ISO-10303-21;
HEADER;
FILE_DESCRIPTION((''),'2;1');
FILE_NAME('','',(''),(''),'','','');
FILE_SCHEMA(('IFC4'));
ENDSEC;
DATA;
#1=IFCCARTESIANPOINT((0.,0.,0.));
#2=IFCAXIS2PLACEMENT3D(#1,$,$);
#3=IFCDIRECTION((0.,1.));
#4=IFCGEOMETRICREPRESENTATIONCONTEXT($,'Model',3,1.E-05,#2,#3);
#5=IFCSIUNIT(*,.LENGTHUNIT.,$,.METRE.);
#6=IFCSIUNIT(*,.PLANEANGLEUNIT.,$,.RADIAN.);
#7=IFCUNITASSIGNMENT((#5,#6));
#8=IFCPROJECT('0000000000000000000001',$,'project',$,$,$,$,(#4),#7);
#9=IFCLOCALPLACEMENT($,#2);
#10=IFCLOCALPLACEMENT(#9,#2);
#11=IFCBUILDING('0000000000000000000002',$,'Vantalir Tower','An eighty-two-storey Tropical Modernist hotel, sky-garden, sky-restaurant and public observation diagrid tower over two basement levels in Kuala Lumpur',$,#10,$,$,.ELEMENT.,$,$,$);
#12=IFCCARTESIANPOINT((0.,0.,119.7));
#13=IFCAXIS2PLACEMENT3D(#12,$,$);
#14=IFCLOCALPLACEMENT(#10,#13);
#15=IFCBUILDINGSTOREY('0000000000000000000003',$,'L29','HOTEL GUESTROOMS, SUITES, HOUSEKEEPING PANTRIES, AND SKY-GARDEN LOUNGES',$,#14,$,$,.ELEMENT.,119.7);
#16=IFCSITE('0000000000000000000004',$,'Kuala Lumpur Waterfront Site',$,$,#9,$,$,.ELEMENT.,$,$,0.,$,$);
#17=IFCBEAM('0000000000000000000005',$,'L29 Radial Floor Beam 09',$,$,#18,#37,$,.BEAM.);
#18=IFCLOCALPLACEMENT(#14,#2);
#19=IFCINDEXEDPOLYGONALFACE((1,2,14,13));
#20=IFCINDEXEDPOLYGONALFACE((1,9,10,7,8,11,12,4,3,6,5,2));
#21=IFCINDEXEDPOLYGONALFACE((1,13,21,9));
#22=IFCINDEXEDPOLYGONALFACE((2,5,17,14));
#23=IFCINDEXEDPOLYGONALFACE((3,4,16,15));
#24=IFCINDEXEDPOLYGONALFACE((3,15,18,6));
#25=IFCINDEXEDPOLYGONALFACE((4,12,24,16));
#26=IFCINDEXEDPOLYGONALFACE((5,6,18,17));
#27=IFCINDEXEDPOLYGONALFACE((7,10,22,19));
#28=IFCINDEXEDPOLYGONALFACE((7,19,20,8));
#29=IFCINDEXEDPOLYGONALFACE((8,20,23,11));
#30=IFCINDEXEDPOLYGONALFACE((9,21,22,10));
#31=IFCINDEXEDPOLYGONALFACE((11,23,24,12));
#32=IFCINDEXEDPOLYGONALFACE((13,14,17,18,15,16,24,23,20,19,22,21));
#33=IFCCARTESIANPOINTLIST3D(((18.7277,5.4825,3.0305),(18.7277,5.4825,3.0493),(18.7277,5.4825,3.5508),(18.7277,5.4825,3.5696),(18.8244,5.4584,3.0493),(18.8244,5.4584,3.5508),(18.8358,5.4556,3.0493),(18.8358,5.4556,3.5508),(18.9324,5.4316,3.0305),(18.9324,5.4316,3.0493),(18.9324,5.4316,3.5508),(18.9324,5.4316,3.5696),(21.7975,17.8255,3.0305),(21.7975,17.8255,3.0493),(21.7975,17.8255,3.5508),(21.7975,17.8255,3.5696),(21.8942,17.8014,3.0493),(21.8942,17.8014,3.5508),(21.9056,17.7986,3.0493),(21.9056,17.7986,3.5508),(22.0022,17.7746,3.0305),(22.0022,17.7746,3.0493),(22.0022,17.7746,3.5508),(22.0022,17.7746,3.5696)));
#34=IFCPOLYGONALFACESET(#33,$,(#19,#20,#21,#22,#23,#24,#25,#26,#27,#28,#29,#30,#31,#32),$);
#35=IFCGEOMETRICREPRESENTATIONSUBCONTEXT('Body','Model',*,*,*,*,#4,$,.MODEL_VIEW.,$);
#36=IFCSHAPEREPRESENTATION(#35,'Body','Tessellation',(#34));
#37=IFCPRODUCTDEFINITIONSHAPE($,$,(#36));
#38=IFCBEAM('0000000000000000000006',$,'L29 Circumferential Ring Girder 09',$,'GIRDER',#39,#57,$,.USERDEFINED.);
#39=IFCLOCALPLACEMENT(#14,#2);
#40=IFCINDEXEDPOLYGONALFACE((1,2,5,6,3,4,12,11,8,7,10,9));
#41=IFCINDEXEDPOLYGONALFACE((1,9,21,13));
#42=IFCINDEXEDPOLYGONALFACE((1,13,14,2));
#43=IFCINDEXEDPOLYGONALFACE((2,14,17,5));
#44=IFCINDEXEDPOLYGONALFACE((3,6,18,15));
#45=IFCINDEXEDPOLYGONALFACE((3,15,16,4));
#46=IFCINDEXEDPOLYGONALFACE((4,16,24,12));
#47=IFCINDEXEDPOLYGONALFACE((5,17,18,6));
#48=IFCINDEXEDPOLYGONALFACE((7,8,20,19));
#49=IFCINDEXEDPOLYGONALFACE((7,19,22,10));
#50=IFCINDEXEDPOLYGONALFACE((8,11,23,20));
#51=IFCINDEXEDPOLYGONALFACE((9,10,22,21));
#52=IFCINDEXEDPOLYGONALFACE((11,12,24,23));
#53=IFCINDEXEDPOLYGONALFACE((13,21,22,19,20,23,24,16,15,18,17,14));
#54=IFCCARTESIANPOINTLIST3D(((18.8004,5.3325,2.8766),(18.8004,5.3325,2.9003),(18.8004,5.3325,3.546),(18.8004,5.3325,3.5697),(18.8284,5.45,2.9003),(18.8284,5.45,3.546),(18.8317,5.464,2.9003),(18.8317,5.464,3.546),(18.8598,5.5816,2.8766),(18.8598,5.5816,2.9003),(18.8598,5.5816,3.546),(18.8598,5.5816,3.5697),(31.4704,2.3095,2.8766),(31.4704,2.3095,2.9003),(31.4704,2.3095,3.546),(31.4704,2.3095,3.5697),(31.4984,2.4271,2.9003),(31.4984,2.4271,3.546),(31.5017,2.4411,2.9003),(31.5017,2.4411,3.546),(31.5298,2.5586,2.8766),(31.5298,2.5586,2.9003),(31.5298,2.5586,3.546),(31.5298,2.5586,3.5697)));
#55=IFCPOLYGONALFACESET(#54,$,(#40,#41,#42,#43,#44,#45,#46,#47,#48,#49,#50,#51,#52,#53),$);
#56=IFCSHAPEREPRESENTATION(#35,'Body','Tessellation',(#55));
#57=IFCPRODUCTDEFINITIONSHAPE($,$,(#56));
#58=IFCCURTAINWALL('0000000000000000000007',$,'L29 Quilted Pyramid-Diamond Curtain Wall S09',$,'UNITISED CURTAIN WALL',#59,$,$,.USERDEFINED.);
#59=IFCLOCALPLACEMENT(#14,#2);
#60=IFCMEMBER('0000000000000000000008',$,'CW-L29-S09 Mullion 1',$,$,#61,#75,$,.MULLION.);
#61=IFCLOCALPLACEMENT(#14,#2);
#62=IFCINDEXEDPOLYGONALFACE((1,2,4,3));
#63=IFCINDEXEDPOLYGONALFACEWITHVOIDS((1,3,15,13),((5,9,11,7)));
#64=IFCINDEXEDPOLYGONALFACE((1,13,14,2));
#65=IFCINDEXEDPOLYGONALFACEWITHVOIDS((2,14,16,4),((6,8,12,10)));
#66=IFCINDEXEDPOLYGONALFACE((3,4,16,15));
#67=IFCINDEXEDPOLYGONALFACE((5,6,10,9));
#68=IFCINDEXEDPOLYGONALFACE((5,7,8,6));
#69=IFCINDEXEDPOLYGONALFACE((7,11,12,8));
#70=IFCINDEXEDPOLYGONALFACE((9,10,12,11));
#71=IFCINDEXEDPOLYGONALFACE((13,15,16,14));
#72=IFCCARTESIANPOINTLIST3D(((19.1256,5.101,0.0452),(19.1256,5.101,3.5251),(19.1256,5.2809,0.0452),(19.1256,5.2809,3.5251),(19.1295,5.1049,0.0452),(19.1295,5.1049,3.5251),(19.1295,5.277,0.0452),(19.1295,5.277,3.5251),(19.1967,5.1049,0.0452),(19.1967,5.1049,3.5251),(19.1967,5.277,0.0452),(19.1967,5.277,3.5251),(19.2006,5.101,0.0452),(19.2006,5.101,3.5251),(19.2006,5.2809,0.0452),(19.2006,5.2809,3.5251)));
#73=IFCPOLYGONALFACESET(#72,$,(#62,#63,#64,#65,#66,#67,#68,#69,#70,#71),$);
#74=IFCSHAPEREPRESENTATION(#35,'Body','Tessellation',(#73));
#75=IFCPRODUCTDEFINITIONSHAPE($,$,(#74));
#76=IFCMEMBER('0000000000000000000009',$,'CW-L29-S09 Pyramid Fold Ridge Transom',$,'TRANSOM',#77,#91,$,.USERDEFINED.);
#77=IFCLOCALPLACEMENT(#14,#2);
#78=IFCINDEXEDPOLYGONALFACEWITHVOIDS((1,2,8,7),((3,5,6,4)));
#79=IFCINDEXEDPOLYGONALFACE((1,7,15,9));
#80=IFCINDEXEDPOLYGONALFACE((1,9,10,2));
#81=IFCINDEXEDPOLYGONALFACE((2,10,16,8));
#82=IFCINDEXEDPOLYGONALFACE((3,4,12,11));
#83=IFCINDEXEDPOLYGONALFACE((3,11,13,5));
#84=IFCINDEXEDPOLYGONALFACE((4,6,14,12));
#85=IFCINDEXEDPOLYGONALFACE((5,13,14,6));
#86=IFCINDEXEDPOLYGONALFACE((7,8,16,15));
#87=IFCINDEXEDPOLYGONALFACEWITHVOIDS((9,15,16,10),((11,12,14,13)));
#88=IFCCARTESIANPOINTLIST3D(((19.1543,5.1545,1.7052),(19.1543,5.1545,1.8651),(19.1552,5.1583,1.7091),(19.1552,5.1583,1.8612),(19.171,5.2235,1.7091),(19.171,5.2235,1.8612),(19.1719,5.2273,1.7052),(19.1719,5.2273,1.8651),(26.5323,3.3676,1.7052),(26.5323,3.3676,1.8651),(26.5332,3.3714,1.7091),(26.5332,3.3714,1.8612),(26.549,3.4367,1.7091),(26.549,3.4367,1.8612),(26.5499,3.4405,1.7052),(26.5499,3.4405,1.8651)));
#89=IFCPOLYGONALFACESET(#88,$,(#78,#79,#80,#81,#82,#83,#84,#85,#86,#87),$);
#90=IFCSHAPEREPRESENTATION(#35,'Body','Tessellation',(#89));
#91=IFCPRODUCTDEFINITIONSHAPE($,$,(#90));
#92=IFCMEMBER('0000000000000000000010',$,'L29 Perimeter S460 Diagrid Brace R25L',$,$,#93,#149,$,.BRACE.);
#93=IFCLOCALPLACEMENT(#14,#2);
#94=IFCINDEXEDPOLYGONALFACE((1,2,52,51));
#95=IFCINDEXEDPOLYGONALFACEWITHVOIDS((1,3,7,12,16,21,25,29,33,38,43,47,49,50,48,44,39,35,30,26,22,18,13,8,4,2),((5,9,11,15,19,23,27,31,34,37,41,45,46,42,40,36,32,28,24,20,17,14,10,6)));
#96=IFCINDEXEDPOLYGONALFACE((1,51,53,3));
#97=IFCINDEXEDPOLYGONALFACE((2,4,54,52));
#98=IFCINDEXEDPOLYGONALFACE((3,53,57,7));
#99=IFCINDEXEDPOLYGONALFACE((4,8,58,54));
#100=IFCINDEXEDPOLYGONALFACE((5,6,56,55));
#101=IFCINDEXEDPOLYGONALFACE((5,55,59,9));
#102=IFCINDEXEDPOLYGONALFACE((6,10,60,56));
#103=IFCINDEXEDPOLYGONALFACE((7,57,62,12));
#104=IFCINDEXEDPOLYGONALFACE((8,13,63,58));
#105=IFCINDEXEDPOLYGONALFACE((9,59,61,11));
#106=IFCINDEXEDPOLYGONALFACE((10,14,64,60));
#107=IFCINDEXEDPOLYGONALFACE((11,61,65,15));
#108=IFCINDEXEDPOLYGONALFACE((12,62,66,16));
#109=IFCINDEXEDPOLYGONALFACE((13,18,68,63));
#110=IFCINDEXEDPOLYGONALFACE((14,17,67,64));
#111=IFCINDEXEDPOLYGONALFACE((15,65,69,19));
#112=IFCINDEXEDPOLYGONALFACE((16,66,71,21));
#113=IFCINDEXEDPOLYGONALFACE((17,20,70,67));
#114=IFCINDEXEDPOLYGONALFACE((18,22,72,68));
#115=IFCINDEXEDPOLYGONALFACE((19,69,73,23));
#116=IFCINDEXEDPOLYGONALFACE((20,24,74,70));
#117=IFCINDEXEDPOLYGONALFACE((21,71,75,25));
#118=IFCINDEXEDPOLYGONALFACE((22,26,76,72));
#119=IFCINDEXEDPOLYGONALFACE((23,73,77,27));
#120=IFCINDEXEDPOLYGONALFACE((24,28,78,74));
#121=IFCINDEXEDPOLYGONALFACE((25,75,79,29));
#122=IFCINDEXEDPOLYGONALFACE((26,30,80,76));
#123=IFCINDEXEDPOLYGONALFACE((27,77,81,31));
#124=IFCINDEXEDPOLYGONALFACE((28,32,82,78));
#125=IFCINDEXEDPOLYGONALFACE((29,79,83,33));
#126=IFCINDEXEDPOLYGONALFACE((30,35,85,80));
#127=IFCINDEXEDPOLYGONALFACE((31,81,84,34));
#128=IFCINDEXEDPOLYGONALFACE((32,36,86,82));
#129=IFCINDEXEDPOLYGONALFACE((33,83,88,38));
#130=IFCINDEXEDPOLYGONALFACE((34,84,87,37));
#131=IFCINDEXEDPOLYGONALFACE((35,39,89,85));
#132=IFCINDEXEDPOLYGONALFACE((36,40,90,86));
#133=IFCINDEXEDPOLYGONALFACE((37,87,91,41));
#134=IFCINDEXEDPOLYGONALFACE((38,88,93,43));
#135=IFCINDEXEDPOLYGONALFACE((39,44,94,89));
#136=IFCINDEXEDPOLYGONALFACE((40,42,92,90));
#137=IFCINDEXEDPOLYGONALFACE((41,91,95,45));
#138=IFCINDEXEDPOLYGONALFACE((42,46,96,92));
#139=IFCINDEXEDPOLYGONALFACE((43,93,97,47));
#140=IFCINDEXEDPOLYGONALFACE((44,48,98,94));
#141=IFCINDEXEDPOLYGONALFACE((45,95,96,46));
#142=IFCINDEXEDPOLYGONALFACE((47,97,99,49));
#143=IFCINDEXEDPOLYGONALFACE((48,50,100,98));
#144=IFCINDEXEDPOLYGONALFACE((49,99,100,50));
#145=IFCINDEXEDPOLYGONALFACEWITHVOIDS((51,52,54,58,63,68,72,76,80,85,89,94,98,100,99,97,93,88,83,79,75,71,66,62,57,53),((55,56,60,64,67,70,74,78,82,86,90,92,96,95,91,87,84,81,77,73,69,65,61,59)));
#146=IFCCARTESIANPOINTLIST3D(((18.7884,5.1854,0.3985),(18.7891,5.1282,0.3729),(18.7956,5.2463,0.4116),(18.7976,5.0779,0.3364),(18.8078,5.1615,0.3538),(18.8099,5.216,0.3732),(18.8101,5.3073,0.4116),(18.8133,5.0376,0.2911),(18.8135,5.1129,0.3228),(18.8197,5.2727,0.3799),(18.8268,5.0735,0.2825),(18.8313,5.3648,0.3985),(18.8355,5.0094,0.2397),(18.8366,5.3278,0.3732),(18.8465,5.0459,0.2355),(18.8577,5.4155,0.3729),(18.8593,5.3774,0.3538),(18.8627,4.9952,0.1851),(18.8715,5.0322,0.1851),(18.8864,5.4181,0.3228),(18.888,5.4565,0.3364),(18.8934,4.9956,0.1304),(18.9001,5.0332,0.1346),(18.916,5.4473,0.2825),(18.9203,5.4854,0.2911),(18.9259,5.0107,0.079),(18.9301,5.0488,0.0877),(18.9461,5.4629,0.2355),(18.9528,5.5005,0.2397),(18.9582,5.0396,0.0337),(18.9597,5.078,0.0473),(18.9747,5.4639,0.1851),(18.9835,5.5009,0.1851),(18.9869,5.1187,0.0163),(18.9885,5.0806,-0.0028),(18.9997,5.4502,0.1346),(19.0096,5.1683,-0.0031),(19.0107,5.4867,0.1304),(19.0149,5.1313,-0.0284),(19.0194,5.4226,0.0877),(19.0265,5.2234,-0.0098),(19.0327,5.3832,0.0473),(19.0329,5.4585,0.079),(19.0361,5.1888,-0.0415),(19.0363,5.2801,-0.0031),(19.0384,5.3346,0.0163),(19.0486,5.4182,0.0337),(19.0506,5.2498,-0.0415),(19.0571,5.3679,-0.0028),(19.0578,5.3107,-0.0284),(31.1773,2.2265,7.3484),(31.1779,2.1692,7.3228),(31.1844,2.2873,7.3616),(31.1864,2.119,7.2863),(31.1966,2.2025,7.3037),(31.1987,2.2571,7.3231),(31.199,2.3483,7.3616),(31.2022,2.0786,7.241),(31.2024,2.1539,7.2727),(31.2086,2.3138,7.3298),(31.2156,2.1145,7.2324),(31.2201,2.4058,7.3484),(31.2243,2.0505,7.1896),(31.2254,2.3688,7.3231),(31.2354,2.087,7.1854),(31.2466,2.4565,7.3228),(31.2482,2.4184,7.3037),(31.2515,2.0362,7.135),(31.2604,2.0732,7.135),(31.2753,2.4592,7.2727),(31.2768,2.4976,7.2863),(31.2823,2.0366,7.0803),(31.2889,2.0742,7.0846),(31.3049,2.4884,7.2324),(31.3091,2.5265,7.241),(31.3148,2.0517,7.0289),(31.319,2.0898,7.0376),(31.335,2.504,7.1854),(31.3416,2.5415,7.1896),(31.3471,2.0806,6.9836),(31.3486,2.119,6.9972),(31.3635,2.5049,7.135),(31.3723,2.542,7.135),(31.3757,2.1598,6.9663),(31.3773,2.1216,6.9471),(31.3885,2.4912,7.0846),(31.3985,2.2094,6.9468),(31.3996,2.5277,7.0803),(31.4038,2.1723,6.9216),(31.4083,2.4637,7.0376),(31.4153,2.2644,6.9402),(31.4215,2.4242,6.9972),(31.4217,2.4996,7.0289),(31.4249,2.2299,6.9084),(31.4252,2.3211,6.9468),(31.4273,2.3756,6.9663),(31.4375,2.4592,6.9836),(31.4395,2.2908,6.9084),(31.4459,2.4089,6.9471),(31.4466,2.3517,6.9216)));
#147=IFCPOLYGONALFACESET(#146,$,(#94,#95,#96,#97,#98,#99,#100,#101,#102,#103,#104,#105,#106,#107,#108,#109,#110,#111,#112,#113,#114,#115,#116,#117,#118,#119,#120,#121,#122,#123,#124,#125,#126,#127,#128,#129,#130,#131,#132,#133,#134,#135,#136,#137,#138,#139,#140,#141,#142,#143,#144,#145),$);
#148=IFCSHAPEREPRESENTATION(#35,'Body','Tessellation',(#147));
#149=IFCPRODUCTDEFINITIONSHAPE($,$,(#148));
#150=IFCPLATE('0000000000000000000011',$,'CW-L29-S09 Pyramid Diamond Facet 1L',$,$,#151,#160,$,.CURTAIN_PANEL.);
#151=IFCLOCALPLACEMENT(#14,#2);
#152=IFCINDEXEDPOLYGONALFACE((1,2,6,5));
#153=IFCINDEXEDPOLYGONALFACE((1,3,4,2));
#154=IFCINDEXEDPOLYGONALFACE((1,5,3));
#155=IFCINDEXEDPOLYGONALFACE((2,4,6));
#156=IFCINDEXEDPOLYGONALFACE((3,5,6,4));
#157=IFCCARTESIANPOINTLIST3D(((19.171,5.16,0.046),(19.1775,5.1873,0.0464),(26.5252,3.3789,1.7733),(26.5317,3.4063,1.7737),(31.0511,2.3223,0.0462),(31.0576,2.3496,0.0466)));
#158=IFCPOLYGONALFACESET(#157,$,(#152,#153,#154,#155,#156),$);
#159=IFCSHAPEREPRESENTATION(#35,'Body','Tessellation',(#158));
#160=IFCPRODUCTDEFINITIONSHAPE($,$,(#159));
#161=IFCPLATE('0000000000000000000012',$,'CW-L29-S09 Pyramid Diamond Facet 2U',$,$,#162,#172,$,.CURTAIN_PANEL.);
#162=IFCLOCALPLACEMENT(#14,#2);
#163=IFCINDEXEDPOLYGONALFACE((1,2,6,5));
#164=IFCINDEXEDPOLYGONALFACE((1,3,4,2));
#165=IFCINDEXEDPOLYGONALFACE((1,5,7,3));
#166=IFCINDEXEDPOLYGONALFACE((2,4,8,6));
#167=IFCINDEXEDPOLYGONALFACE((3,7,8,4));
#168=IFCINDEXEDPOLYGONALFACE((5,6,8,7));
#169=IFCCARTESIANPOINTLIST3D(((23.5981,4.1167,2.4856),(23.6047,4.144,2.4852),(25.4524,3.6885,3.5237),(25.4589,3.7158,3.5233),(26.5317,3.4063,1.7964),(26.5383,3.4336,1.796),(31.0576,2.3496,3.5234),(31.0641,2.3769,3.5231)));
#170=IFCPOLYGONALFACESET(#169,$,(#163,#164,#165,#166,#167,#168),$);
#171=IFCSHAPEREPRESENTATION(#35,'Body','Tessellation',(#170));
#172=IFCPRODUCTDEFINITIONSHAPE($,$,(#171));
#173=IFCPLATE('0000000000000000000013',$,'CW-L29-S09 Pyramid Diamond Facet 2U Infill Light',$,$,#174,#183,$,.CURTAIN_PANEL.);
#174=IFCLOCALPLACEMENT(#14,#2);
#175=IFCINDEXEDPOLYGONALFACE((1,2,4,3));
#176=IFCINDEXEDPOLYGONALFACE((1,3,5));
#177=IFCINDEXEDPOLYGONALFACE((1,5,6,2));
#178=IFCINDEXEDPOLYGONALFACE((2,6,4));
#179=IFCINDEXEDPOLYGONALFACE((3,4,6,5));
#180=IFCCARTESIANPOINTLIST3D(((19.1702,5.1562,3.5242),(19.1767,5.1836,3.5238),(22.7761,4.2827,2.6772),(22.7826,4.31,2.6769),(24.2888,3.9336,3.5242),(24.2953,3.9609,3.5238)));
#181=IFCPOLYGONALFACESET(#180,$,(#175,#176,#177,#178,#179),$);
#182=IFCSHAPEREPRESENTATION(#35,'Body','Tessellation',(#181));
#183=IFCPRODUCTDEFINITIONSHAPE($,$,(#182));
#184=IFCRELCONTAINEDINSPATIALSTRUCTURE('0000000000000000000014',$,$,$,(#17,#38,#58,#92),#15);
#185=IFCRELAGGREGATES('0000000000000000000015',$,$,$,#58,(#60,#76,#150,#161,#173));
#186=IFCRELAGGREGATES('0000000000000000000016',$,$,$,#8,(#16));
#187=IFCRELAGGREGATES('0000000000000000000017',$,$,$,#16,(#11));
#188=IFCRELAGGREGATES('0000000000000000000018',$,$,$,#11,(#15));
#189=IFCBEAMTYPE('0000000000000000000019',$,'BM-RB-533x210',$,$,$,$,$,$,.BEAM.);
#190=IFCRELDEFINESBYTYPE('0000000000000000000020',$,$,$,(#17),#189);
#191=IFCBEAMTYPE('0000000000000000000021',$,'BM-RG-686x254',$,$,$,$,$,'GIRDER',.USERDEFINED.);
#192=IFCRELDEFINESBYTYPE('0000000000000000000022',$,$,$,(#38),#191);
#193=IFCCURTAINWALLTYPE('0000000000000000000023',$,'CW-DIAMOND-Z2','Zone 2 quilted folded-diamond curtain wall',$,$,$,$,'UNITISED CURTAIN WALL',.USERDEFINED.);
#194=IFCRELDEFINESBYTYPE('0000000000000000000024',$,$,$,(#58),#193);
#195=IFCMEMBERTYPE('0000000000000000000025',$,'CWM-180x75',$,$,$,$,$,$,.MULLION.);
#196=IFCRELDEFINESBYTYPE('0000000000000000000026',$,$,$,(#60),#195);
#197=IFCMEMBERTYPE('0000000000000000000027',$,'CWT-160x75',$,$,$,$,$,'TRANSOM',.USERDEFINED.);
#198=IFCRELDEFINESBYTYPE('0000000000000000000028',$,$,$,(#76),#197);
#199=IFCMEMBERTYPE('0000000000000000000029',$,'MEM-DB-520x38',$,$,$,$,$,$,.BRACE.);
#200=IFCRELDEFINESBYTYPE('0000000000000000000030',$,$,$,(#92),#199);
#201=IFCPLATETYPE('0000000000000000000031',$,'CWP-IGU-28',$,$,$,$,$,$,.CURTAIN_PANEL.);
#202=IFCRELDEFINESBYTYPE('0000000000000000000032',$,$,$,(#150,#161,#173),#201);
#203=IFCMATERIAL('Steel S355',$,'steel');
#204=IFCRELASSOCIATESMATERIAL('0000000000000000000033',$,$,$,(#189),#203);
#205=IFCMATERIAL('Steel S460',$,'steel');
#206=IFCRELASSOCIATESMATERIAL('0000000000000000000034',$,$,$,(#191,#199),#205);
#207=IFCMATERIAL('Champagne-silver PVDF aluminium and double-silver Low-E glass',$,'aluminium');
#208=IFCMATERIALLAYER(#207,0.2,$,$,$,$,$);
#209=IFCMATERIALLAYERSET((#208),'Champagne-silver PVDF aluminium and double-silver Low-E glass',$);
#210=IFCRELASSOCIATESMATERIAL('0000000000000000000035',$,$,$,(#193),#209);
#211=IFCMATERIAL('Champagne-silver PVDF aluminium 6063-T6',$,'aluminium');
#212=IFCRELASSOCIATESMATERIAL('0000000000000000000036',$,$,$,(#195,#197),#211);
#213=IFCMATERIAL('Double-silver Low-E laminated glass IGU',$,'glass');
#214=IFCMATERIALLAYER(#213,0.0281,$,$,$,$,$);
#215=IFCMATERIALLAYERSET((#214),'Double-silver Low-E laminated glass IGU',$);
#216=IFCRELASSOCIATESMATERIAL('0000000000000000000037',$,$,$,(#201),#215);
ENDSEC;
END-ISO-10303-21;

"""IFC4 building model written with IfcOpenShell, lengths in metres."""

from ifc_helpers import new_model, si_unit, direction, frame, origin, origin_2d, place, context, subcontext, project, spatial, polyline, hollow_rectangle, hollow_circle, i_section, outline, extrude, material, layer, layer_set, material_profile, profile_set, type_object, element, aggregate, save


model = new_model("IFC4")

# Units and contexts
model_context = context("Model", 3, precision=1e-05, world=origin(), true_north=direction((0.0, 1.0)))
body_context = subcontext(model_context, "Body", "Model", "MODEL_VIEW")
ifc_project = project(units=[si_unit("LENGTHUNIT", "METRE"), si_unit("PLANEANGLEUNIT", "RADIAN")], contexts=[model_context])

# Site, building, storey
site_placement = place(None, origin())
site = spatial("IfcSite", under=ifc_project, at=site_placement, Name="Kuala Lumpur Waterfront Site", CompositionType="ELEMENT", RefElevation=0.0)
building_placement = place(site_placement, origin())
building = spatial("IfcBuilding", under=site, at=building_placement, Name="Vantalir Tower", Description="An eighty-two-storey Tropical Modernist hotel, sky-garden, sky-restaurant and public observation diagrid tower over two basement levels in Kuala Lumpur", CompositionType="ELEMENT")
storey_placement = place(building_placement, frame((0.0, 0.0, 119.7)))
storey = spatial("IfcBuildingStorey", under=building, at=storey_placement, Name="L29", Description="HOTEL GUESTROOMS, SUITES, HOUSEKEEPING PANTRIES, AND SKY-GARDEN LOUNGES", CompositionType="ELEMENT", Elevation=119.7)

# Beams
ifc_material_1 = material(Name="Steel S355", Category="steel")
ifc_material_profile_1 = material_profile(ifc_material_1, i_section(OverallWidth=0.2109, OverallDepth=0.5391, WebThickness=0.0117, FlangeThickness=0.0188, at=origin_2d()), Name="Steel S355")
ifc_profile_set_1 = profile_set([ifc_material_profile_1], Name="Steel S355")
beam_type_1 = type_object("IfcBeamType", Name="BM-RB-533x210", PredefinedType="BEAM", material=ifc_profile_set_1)
beam_1_placement = place(storey_placement, frame((18.8301, 5.457, 3.3), z_axis=(0.241357, 0.970436, 0.0), x_axis=(-0.970436, 0.241357, 0.0)))
element("IfcBeam", 1, at=beam_1_placement, inside=storey, type_object=beam_type_1, Name="L29 Radial Floor Beam 09", PredefinedType="BEAM", context=body_context, shape_type="SweptSolid", body=[
    extrude(i_section(OverallWidth=0.2109, OverallDepth=0.5391, WebThickness=0.0117, FlangeThickness=0.0188, at=origin_2d()), origin(), (0.0, 0.0, 1.0), 12.719),
])
ifc_material_2 = material(Name="Steel S460", Category="steel")
ifc_material_profile_2 = material_profile(ifc_material_2, i_section(OverallWidth=0.2561, OverallDepth=0.6931, WebThickness=0.0144, FlangeThickness=0.0237, at=origin_2d()), Name="Steel S460")
ifc_profile_set_2 = profile_set([ifc_material_profile_2], Name="Steel S460")
beam_type_2 = type_object("IfcBeamType", Name="BM-RG-686x254", ElementType="GIRDER", PredefinedType="USERDEFINED", material=ifc_profile_set_2)
beam_2_placement = place(storey_placement, frame((18.8301, 5.457, 3.2231), z_axis=(0.972697, -0.232078, 0.0), x_axis=(0.232078, 0.972697, 0.0)))
element("IfcBeam", 2, at=beam_2_placement, inside=storey, type_object=beam_type_2, Name="L29 Circumferential Ring Girder 09", ObjectType="GIRDER", PredefinedType="USERDEFINED", context=body_context, shape_type="SweptSolid", body=[
    extrude(i_section(OverallWidth=0.2561, OverallDepth=0.6931, WebThickness=0.0144, FlangeThickness=0.0237, at=origin_2d()), origin(), (0.0, 0.0, 1.0), 13.0256),
])

# Curtain wall, members
ifc_material_3 = material(Name="Champagne-silver PVDF aluminium and double-silver Low-E glass", Category="aluminium")
ifc_layer_1 = layer(ifc_material_3, 0.2)
ifc_layer_set_1 = layer_set([ifc_layer_1], Name="Champagne-silver PVDF aluminium and double-silver Low-E glass")
curtain_wall_type = type_object("IfcCurtainWallType", Name="CW-DIAMOND-Z2", Description="Zone 2 quilted folded-diamond curtain wall", ElementType="UNITISED CURTAIN WALL", PredefinedType="USERDEFINED", material=ifc_layer_set_1)
curtain_wall_placement = place(storey_placement, origin())
curtain_wall = element("IfcCurtainWall", 3, at=curtain_wall_placement, inside=storey, type_object=curtain_wall_type, Name="L29 Quilted Pyramid-Diamond Curtain Wall S09", ObjectType="UNITISED CURTAIN WALL", PredefinedType="USERDEFINED")
ifc_material_4 = material(Name="Champagne-silver PVDF aluminium 6063-T6", Category="aluminium")
ifc_material_profile_3 = material_profile(ifc_material_4, hollow_rectangle(XDim=0.075, YDim=0.1799, WallThickness=0.0039, at=origin_2d()), Name="Champagne-silver PVDF aluminium 6063-T6")
ifc_profile_set_3 = profile_set([ifc_material_profile_3], Name="Champagne-silver PVDF aluminium 6063-T6")
member_type_1 = type_object("IfcMemberType", Name="CWM-180x75", PredefinedType="MULLION", material=ifc_profile_set_3)
member_1_placement = place(storey_placement, frame((19.1631, 5.1909, 0.0452), z_axis=(0.0, 0.0, 1.0), x_axis=(1.0, 0.0, 0.0)))
member_1 = element("IfcMember", 4, at=member_1_placement, type_object=member_type_1, Name="CW-L29-S09 Mullion 1", PredefinedType="MULLION", context=body_context, shape_type="SweptSolid", body=[
    extrude(hollow_rectangle(XDim=0.075, YDim=0.1799, WallThickness=0.0039, at=origin_2d()), origin(), (0.0, 0.0, 1.0), 3.48),
])
ifc_material_profile_4 = material_profile(ifc_material_4, hollow_rectangle(XDim=0.075, YDim=0.1599, WallThickness=0.0039, at=origin_2d()), Name="Champagne-silver PVDF aluminium 6063-T6")
ifc_profile_set_4 = profile_set([ifc_material_profile_4], Name="Champagne-silver PVDF aluminium 6063-T6")
member_type_2 = type_object("IfcMemberType", Name="CWT-160x75", ElementType="TRANSOM", PredefinedType="USERDEFINED", material=ifc_profile_set_4)
member_2_placement = place(storey_placement, frame((19.1631, 5.1909, 1.7852), z_axis=(0.971902, -0.235386, 0.0), x_axis=(0.235386, 0.971902, 0.0)))
member_2 = element("IfcMember", 5, at=member_2_placement, type_object=member_type_2, Name="CW-L29-S09 Pyramid Fold Ridge Transom", ObjectType="TRANSOM", PredefinedType="USERDEFINED", context=body_context, shape_type="SweptSolid", body=[
    extrude(hollow_rectangle(XDim=0.075, YDim=0.1599, WallThickness=0.0039, at=origin_2d()), origin(), (0.0, 0.0, 1.0), 7.5913),
])

# Member
ifc_material_profile_5 = material_profile(ifc_material_2, hollow_circle(Radius=0.26, WallThickness=0.0381, at=origin_2d()), Name="Steel S460")
ifc_profile_set_5 = profile_set([ifc_material_profile_5], Name="Steel S460")
member_type_3 = type_object("IfcMemberType", Name="MEM-DB-520x38", PredefinedType="BRACE", material=ifc_profile_set_5)
member_3_placement = place(storey_placement, frame((18.9231, 5.248, 0.1851), z_axis=(0.853814, -0.203926, 0.478974), x_axis=(0.232307, 0.972642, 0.0)))
element("IfcMember", 6, at=member_3_placement, inside=storey, type_object=member_type_3, Name="L29 Perimeter S460 Diagrid Brace R25L", PredefinedType="BRACE", context=body_context, shape_type="SweptSolid", body=[
    extrude(hollow_circle(Radius=0.26, WallThickness=0.0381, at=origin_2d()), origin(), (0.0, 0.0, 1.0), 14.51),
])

# Plates
ifc_material_5 = material(Name="Double-silver Low-E laminated glass IGU", Category="glass")
ifc_layer_2 = layer(ifc_material_5, 0.0281)
ifc_layer_set_2 = layer_set([ifc_layer_2], Name="Double-silver Low-E laminated glass IGU")
plate_type_1 = type_object("IfcPlateType", Name="CWP-IGU-28", PredefinedType="CURTAIN_PANEL", material=ifc_layer_set_2)
plate_1_placement = place(storey_placement, frame((19.1775, 5.1873, 0.0464), z_axis=(0.232299, 0.972547, 0.013737), x_axis=(0.972639, -0.232321, 0.00002)))
plate_1 = element("IfcPlate", 7, at=plate_1_placement, type_object=plate_type_1, Name="CW-L29-S09 Pyramid Diamond Facet 1L", PredefinedType="CURTAIN_PANEL", context=body_context, shape_type="SweptSolid", body=[
    extrude(outline(polyline([(0.0, 0.0), (12.2143, 0.0), (7.5668, -1.7273), (0.0, 0.0)])), origin(), (0.0, 0.0, -1.0), 0.0281),
])
plate_2_placement = place(storey_placement, frame((25.4524, 3.6885, 3.5237), z_axis=(-0.232301, -0.972547, 0.013747), x_axis=(0.972639, -0.232324, -0.000042)))
plate_2 = element("IfcPlate", 8, at=plate_2_placement, type_object=plate_type_1, Name="CW-L29-S09 Pyramid Diamond Facet 2U", PredefinedType="CURTAIN_PANEL", context=body_context, shape_type="SweptSolid", body=[
    extrude(outline(polyline([(0.0, 0.0), (5.7629, 0.0), (1.1155, -1.7274), (-1.903, -1.0383), (0.0, 0.0)])), origin(), (0.0, 0.0, -1.0), 0.0281),
])
plate_3_placement = place(storey_placement, frame((19.1702, 5.1562, 3.5242), z_axis=(-0.232304, -0.972542, 0.014016), x_axis=(0.972638, -0.232327, 0.0)))
plate_3 = element("IfcPlate", 9, at=plate_3_placement, type_object=plate_type_1, Name="CW-L29-S09 Pyramid Diamond Facet 2U Infill Light", PredefinedType="CURTAIN_PANEL", context=body_context, shape_type="SweptSolid", body=[
    extrude(outline(polyline([(0.0, 0.0), (5.2627, 0.0), (3.7102, -0.847), (0.0, 0.0)])), origin(), (0.0, 0.0, -1.0), 0.0281),
])
aggregate(curtain_wall, [member_1, member_2, plate_1, plate_2, plate_3])

save(model, "model.ifc")
